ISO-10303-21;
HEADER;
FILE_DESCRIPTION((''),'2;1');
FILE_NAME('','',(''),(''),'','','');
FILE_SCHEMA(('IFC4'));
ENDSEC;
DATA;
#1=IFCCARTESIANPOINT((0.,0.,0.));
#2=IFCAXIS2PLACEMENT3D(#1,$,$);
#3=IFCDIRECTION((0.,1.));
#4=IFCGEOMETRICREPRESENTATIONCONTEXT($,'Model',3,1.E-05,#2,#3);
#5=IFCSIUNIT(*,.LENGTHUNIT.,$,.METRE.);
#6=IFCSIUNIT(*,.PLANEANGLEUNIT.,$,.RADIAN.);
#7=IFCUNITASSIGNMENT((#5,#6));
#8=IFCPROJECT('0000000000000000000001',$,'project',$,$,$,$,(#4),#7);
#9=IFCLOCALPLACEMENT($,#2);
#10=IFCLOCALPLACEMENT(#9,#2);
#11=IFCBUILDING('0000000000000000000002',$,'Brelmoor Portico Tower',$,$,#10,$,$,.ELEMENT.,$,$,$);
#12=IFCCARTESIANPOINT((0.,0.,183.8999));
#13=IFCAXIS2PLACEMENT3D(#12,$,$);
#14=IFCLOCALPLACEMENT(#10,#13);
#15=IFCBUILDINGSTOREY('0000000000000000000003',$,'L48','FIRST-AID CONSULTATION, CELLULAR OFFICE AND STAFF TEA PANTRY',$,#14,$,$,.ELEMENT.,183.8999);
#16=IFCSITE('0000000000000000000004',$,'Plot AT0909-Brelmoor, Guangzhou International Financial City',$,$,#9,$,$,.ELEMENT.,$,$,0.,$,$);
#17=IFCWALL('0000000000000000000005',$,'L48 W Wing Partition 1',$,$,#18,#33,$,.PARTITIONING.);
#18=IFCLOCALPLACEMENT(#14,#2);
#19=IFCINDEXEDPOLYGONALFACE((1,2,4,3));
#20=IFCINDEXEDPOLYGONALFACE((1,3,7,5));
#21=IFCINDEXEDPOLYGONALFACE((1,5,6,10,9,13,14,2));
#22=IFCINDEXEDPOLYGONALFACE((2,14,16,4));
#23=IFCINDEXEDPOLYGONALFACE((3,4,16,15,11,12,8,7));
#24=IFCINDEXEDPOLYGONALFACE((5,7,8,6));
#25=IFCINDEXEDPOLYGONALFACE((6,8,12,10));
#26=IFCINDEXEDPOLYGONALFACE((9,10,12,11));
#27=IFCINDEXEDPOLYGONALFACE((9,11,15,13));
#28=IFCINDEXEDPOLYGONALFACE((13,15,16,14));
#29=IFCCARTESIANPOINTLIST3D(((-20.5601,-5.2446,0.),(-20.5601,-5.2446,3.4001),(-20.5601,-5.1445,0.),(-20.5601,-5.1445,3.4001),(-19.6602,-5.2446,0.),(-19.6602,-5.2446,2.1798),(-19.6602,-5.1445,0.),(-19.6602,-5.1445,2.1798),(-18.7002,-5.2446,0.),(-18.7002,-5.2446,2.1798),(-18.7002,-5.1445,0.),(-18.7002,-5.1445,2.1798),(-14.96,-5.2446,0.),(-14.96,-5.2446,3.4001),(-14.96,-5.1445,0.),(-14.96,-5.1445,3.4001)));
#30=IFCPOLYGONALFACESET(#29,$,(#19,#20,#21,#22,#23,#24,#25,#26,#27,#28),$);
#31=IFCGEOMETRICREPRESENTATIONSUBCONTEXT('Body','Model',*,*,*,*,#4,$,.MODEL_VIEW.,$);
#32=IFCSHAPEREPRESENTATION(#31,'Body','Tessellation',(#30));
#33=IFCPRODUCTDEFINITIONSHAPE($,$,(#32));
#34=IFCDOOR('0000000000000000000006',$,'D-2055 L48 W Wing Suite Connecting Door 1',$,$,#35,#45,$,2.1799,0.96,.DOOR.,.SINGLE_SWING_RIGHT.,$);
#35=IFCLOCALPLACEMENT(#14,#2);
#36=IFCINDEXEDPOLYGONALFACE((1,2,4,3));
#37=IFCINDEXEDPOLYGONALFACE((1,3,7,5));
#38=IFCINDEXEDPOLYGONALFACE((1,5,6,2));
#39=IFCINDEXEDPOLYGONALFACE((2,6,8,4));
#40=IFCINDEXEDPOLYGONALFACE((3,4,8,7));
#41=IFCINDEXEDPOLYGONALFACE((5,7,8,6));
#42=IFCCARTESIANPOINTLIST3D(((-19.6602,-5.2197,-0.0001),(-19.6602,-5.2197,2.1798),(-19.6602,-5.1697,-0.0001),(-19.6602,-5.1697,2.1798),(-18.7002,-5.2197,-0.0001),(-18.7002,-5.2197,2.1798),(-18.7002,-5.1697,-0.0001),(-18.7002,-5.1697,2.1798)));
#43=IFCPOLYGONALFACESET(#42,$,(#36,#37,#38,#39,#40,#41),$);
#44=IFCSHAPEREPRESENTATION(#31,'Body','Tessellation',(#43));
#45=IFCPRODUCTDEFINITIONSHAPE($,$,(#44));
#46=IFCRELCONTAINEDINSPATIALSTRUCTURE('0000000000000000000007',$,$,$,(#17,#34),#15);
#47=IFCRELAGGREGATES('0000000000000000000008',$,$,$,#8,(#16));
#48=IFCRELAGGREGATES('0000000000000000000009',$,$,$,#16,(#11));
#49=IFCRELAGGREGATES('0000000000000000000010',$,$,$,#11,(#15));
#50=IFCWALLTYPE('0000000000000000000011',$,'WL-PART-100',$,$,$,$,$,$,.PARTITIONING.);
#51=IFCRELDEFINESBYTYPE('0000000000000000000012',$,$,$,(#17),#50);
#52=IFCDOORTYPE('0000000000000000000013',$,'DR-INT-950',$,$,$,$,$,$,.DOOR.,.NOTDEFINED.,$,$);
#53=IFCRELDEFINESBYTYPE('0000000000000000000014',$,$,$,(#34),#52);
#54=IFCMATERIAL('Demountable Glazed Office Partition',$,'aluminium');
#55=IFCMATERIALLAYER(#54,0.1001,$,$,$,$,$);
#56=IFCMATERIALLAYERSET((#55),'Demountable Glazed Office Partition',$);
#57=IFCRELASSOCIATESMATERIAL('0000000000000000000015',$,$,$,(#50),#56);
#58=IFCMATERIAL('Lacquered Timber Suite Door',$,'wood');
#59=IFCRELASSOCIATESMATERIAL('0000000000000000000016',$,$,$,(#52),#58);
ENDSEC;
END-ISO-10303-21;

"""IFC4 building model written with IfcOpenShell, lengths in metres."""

from ifc_helpers import new_model, si_unit, direction, frame, frame_2d, origin, place, context, subcontext, project, spatial, rectangle, extrude, material, layer, layer_set, type_object, element, fill, save


model = new_model("IFC4")

# Units and contexts
model_context = context("Model", 3, precision=1e-05, world=origin(), true_north=direction((0.0, 1.0)))
body_context = subcontext(model_context, "Body", "Model", "MODEL_VIEW")
ifc_project = project(units=[si_unit("LENGTHUNIT", "METRE"), si_unit("PLANEANGLEUNIT", "RADIAN")], contexts=[model_context])

# Site, building, storey
site_placement = place(None, origin())
site = spatial("IfcSite", under=ifc_project, at=site_placement, Name="Plot AT0909-Brelmoor, Guangzhou International Financial City", CompositionType="ELEMENT", RefElevation=0.0)
building_placement = place(site_placement, origin())
building = spatial("IfcBuilding", under=site, at=building_placement, Name="Brelmoor Portico Tower", CompositionType="ELEMENT")
storey_placement = place(building_placement, frame((0.0, 0.0, 183.8999)))
storey = spatial("IfcBuildingStorey", under=building, at=storey_placement, Name="L48", Description="FIRST-AID CONSULTATION, CELLULAR OFFICE AND STAFF TEA PANTRY", CompositionType="ELEMENT", Elevation=183.8999)

# Wall, opening, door
ifc_material_1 = material(Name="Demountable Glazed Office Partition", Category="aluminium")
ifc_layer_1 = layer(ifc_material_1, 0.1001)
ifc_layer_set_1 = layer_set([ifc_layer_1], Name="Demountable Glazed Office Partition")
wall_type = type_object("IfcWallType", Name="WL-PART-100", PredefinedType="PARTITIONING", material=ifc_layer_set_1)
ifc_material_2 = material(Name="Lacquered Timber Suite Door", Category="wood")
door_type = type_object("IfcDoorType", Name="DR-INT-950", OperationType="NOTDEFINED", PredefinedType="DOOR", material=ifc_material_2)
wall_1_placement = place(storey_placement, frame((-20.5601, -5.1946, 0.0), z_axis=(0.0, 0.0, 1.0), x_axis=(1.0, 0.0, 0.0)))
wall_1 = element("IfcWall", 1, at=wall_1_placement, inside=storey, type_object=wall_type, Name="L48 W Wing Partition 1", PredefinedType="PARTITIONING", context=body_context, shape_type="SweptSolid", body=[
    extrude(rectangle(XDim=5.6001, YDim=0.1001, at=frame_2d((2.8, 0.0))), origin(), (0.0, 0.0, 1.0), 3.4001),
])
opening_1_placement = place(wall_1_placement, frame((0.8999, 0.0, 0.0)))
opening_1 = element("IfcOpeningElement", 2, at=opening_1_placement, cuts=wall_1, PredefinedType="OPENING", context=body_context, shape_type="SweptSolid", body=[
    extrude(rectangle(XDim=0.96, YDim=2.1799, at=frame_2d((0.48, 1.0898))), frame((0.0, 0.0601, 0.0), z_axis=(0.0, -1.0, 0.0), x_axis=(1.0, 0.0, 0.0)), (0.0, 0.0, 1.0), 0.1201),
])
door_1_placement = place(opening_1_placement, origin())
door_1 = element("IfcDoor", 3, at=door_1_placement, inside=storey, type_object=door_type, Name="D-2055 L48 W Wing Suite Connecting Door 1", OperationType="SINGLE_SWING_RIGHT", OverallHeight=2.1799, OverallWidth=0.96, PredefinedType="DOOR", context=body_context, shape_type="SweptSolid", body=[
    extrude(rectangle(XDim=0.96, YDim=2.1799, at=frame_2d((0.48, 1.0898))), frame((0.0, 0.0249, 0.0), z_axis=(0.0, -1.0, 0.0), x_axis=(1.0, 0.0, 0.0)), (0.0, 0.0, 1.0), 0.05),
])
fill(opening_1, door_1)

save(model, "model.ifc")
